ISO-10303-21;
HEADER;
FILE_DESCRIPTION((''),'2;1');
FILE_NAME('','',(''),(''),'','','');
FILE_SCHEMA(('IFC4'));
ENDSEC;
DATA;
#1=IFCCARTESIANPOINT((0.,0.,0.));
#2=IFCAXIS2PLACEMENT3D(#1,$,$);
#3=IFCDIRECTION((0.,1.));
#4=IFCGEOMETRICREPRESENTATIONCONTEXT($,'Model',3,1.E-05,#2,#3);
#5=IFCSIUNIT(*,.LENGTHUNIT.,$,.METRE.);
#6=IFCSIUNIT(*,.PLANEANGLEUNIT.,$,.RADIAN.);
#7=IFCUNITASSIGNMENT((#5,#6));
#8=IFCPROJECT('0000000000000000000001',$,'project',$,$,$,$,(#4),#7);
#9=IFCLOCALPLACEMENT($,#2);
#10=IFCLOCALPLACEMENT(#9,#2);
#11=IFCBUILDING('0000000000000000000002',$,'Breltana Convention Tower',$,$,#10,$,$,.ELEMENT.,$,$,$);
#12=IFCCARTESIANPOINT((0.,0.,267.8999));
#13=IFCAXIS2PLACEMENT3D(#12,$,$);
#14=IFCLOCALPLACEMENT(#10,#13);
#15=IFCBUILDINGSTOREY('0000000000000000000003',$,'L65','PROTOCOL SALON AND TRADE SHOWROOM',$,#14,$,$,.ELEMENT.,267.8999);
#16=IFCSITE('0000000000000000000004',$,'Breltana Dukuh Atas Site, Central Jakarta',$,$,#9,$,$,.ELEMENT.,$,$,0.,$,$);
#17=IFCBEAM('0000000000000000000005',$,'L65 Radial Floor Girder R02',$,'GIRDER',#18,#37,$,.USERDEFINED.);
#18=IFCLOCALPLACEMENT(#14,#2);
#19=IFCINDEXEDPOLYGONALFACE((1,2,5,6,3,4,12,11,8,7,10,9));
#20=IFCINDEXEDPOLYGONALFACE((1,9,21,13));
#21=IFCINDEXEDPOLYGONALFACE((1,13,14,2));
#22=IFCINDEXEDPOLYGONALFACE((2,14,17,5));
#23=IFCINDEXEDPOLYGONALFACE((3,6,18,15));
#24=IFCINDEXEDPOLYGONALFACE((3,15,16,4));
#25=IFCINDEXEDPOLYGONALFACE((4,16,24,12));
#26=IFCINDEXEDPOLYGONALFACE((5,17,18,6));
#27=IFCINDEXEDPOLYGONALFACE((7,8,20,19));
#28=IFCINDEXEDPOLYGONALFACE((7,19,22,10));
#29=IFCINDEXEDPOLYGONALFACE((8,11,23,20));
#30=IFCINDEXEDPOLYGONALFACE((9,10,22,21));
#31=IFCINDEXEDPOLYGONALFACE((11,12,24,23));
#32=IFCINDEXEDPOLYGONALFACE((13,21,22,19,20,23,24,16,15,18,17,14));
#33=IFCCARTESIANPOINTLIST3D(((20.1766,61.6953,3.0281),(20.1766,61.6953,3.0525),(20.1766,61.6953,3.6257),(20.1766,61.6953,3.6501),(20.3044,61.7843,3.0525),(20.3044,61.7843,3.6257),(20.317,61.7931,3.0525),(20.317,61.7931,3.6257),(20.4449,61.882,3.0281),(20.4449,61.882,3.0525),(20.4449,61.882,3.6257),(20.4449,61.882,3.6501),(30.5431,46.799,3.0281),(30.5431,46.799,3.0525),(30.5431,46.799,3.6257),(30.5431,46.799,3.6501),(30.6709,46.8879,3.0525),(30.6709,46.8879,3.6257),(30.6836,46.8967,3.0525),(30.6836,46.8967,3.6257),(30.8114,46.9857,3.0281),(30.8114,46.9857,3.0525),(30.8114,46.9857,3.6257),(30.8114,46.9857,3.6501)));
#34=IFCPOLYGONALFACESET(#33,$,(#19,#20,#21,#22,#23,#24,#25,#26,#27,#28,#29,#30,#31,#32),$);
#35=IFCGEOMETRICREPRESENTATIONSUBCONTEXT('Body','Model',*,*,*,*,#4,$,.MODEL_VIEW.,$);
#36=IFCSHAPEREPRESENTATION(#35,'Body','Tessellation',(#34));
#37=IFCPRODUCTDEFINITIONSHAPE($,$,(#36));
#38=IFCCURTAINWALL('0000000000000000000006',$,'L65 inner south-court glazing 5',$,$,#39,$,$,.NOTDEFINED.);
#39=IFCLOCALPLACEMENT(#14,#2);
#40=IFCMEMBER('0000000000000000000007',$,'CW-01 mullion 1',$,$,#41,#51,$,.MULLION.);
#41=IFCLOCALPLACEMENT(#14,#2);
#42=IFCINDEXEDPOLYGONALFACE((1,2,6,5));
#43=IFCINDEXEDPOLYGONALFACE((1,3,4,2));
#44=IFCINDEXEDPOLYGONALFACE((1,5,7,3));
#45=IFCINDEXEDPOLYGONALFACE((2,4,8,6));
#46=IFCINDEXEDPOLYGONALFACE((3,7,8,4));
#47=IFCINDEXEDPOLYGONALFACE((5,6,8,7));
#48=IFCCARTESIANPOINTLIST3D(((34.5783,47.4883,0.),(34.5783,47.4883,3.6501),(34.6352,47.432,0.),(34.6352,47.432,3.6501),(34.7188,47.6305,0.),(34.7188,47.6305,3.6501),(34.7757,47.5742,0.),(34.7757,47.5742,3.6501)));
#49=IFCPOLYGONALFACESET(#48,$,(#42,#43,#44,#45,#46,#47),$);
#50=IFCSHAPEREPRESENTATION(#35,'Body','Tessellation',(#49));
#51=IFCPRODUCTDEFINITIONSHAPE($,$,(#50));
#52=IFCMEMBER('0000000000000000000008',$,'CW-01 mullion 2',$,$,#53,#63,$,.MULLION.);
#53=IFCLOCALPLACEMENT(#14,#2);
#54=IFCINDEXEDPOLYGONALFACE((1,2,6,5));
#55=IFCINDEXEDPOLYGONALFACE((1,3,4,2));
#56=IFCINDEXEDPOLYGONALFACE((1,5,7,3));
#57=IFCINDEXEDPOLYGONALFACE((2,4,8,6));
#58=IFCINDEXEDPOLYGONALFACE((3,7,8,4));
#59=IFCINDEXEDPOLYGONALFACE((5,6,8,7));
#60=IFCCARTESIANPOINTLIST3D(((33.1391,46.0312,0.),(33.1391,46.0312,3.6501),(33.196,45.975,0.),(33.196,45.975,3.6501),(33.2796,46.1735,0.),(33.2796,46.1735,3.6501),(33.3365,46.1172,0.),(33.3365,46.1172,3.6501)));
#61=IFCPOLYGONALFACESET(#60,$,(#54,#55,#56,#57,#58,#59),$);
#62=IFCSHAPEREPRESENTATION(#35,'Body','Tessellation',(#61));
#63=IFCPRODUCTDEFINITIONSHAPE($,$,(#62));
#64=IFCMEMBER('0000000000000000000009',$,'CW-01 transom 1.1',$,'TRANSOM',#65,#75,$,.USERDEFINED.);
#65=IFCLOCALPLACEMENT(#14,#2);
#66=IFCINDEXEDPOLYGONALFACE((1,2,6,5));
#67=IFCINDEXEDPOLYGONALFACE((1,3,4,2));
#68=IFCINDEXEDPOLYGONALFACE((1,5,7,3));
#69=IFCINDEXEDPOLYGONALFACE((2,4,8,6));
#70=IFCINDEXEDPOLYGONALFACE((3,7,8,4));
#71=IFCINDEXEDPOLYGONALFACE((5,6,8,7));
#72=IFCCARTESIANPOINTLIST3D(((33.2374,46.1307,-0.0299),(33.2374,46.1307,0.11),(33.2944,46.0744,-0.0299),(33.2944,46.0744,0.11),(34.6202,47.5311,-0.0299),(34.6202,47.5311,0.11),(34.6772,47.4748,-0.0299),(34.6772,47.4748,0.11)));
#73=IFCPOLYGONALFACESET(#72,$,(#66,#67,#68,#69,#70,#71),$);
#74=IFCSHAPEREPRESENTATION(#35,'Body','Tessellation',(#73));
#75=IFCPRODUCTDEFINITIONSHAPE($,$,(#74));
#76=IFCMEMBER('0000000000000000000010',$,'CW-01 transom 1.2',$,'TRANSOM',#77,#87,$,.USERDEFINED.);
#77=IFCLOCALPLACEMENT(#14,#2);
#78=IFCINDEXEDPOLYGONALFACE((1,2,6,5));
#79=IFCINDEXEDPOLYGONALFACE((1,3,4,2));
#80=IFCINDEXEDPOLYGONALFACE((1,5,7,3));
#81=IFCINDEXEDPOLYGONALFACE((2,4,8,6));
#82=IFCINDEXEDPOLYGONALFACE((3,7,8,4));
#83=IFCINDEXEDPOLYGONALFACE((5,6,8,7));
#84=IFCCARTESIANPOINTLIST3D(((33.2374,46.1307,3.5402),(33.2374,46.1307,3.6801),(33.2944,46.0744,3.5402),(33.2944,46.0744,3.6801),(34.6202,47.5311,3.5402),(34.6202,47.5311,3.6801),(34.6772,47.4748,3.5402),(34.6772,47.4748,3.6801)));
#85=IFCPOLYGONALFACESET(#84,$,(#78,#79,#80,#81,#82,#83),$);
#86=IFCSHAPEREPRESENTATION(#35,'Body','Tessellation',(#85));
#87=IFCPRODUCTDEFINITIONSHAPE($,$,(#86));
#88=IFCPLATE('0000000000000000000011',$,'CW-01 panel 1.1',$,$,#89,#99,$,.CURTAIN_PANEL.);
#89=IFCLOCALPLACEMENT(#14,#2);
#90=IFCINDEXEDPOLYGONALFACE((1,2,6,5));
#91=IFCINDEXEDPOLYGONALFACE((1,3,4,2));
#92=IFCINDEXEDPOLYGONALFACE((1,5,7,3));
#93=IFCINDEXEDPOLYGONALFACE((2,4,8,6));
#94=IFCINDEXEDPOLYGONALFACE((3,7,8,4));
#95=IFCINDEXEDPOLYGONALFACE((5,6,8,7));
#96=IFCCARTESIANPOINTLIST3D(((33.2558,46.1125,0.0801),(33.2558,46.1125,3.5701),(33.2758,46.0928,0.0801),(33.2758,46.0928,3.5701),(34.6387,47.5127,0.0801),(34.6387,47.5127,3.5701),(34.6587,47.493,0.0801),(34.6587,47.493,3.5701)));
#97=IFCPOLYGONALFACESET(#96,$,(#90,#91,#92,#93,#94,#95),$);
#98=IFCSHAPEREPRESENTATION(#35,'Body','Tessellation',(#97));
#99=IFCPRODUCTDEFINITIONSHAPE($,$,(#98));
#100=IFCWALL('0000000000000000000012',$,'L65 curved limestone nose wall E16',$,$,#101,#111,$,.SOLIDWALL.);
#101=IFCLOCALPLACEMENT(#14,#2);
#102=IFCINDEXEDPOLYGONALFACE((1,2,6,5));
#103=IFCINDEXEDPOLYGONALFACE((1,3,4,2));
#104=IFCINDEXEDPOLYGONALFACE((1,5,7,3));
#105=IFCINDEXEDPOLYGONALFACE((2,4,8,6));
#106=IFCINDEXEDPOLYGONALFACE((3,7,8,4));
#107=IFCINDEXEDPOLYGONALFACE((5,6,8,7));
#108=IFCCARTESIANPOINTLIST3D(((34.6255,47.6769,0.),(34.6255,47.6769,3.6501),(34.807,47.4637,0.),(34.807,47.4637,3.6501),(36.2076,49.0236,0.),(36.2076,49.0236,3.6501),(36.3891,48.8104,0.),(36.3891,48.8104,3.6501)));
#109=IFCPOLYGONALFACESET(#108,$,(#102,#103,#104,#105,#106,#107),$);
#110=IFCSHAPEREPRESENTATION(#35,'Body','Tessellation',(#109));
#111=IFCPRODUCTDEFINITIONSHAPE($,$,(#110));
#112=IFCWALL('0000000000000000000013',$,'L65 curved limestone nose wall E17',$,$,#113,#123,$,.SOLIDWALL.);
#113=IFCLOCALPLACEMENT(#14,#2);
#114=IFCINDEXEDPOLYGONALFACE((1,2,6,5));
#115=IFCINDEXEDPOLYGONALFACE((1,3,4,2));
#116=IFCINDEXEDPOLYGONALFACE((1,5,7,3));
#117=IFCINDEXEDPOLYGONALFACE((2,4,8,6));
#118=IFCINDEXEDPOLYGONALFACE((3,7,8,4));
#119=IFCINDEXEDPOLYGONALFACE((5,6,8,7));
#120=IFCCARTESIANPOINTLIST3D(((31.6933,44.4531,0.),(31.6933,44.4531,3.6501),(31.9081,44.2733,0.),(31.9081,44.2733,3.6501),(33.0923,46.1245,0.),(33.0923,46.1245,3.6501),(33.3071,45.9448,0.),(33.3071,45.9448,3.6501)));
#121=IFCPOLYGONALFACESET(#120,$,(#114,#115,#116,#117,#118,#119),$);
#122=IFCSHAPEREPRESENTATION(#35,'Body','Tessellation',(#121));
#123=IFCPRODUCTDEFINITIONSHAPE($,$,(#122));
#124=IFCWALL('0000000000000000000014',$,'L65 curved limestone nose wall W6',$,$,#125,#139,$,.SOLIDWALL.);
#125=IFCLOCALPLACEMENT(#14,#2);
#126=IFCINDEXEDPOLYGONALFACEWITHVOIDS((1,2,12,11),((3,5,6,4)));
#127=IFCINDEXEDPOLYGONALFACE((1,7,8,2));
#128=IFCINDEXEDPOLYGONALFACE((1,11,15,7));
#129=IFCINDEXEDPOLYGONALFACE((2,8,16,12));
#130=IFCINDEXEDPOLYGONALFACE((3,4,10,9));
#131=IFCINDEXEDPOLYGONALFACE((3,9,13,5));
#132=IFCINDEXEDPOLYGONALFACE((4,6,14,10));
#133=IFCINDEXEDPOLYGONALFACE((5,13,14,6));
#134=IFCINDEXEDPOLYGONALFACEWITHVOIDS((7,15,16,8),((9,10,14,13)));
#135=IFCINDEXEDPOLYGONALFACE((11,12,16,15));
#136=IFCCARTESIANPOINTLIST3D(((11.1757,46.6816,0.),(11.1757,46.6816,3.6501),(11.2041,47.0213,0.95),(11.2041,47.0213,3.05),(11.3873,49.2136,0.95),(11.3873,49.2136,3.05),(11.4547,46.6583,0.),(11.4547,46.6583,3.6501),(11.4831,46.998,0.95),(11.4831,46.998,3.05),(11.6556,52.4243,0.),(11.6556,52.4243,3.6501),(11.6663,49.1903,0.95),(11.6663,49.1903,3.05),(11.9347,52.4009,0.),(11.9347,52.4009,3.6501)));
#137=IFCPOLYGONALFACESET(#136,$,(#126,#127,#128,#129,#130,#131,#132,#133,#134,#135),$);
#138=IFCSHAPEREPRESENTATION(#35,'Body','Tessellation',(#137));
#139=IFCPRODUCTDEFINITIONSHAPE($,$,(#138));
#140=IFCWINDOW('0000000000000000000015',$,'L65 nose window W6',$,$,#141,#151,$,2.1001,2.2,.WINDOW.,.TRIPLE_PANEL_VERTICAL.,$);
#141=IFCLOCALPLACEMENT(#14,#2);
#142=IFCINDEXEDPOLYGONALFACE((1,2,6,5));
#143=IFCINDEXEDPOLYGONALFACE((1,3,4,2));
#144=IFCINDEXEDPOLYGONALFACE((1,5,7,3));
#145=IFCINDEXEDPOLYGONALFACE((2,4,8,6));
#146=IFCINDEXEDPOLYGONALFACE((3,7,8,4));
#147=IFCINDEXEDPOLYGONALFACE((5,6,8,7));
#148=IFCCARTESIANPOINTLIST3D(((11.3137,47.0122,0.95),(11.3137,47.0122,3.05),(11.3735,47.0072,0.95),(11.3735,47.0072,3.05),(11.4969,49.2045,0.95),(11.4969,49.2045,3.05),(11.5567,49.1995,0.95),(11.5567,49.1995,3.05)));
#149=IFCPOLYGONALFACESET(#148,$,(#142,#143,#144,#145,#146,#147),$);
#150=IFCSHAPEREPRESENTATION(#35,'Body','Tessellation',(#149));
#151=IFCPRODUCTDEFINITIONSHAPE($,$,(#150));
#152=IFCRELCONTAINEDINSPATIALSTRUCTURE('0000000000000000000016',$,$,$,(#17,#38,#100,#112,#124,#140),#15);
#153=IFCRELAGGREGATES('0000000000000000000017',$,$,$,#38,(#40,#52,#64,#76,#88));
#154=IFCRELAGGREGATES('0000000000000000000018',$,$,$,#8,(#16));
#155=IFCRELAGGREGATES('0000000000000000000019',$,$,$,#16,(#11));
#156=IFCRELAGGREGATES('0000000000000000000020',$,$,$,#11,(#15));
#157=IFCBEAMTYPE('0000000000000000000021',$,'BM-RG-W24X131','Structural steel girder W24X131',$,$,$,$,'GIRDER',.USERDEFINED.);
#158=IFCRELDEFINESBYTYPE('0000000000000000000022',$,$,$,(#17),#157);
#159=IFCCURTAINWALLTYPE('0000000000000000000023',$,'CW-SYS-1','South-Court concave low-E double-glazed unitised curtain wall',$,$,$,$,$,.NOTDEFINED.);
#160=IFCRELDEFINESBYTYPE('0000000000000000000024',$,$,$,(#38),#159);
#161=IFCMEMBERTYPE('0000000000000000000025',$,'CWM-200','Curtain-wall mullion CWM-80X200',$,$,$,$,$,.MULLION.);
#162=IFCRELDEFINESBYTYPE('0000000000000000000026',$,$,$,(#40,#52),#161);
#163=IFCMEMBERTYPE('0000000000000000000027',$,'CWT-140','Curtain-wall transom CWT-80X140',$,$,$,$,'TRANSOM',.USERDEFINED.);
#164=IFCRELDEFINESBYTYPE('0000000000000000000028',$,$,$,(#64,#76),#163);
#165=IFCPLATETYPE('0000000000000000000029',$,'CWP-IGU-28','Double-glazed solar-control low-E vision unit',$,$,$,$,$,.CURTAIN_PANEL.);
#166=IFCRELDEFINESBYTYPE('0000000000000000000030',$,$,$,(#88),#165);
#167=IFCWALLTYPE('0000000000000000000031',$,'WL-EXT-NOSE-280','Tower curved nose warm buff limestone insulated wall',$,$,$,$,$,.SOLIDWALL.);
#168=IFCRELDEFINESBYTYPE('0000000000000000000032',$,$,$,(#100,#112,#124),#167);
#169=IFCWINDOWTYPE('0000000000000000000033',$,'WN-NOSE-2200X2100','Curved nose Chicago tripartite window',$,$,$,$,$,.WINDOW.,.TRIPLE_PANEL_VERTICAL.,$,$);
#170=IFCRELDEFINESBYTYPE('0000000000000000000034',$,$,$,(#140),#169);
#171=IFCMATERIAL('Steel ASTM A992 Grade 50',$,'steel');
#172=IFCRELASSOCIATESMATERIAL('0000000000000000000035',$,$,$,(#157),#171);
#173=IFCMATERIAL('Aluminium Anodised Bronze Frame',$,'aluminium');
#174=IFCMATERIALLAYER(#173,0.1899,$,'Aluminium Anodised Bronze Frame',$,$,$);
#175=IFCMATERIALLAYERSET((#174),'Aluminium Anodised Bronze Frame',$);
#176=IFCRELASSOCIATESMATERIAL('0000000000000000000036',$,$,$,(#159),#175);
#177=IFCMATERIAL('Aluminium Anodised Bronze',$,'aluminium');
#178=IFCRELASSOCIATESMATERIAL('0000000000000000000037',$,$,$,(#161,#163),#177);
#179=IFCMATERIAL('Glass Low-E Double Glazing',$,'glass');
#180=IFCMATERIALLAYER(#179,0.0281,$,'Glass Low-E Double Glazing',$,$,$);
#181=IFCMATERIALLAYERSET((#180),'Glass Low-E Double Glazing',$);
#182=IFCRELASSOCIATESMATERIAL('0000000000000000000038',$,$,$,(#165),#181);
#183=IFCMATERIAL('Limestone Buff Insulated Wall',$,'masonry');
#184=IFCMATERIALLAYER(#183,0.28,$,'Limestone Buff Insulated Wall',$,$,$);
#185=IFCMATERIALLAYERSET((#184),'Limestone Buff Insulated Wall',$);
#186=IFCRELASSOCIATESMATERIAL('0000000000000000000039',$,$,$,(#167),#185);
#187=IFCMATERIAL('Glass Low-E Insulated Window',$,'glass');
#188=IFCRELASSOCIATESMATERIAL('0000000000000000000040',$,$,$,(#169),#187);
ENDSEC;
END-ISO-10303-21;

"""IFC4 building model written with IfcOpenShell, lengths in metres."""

from ifc_helpers import new_model, si_unit, direction, frame, frame_2d, origin, origin_2d, place, context, subcontext, project, spatial, rectangle, i_section, extrude, source, transform, mapped, material, layer, layer_set, material_profile, profile_set, type_object, type_shapes, element, fill, aggregate, save


model = new_model("IFC4")

# Units and contexts
model_context = context("Model", 3, precision=1e-05, world=origin(), true_north=direction((0.0, 1.0)))
body_context = subcontext(model_context, "Body", "Model", "MODEL_VIEW")
ifc_project = project(units=[si_unit("LENGTHUNIT", "METRE"), si_unit("PLANEANGLEUNIT", "RADIAN")], contexts=[model_context])

# Site, building, storey
site_placement = place(None, origin())
site = spatial("IfcSite", under=ifc_project, at=site_placement, Name="Breltana Dukuh Atas Site, Central Jakarta", CompositionType="ELEMENT", RefElevation=0.0)
building_placement = place(site_placement, origin())
building = spatial("IfcBuilding", under=site, at=building_placement, Name="Breltana Convention Tower", CompositionType="ELEMENT")
storey_placement = place(building_placement, frame((0.0, 0.0, 267.8999)))
storey = spatial("IfcBuildingStorey", under=building, at=storey_placement, Name="L65", Description="PROTOCOL SALON AND TRADE SHOWROOM", CompositionType="ELEMENT", Elevation=267.8999)

# Shared definitions
ifc_material_1 = material(Name="Steel ASTM A992 Grade 50", Category="steel")

# Beam
ifc_material_profile_1 = material_profile(ifc_material_1, i_section(OverallWidth=0.3269, OverallDepth=0.6221, WebThickness=0.0154, FlangeThickness=0.0244, at=origin_2d()), Name="W24X131")
ifc_profile_set_1 = profile_set([ifc_material_profile_1], Name="Steel ASTM A992 Grade 50")
beam_type_1 = type_object("IfcBeamType", Name="BM-RG-W24X131", Description="Structural steel girder W24X131", ElementType="GIRDER", PredefinedType="USERDEFINED", material=ifc_profile_set_1)
shared_shape_1 = source(origin(), body_context, "Body", "SweptSolid", [
    extrude(i_section(OverallWidth=0.3269, OverallDepth=0.6221, WebThickness=0.0154, FlangeThickness=0.0244, at=origin_2d()), origin(), (0.0, 0.0, 1.0), 18.1484),
])
beam_1_placement = place(storey_placement, frame((30.6772, 46.8923, 3.3391), z_axis=(-0.571208, 0.820806, 0.0), x_axis=(-0.820806, -0.571208, 0.0)))
element("IfcBeam", 1, at=beam_1_placement, inside=storey, type_object=beam_type_1, Name="L65 Radial Floor Girder R02", ObjectType="GIRDER", PredefinedType="USERDEFINED", context=body_context, shape_type="MappedRepresentation", body=[
    mapped(shared_shape_1, transform((0.0, 0.0, 0.0), scale=1.0)),
])

# Curtain wall, members, plate
ifc_material_2 = material(Name="Aluminium Anodised Bronze Frame", Category="aluminium")
ifc_layer_1 = layer(ifc_material_2, 0.1899, Name="Aluminium Anodised Bronze Frame")
ifc_layer_set_1 = layer_set([ifc_layer_1], Name="Aluminium Anodised Bronze Frame")
curtain_wall_type = type_object("IfcCurtainWallType", Name="CW-SYS-1", Description="South-Court concave low-E double-glazed unitised curtain wall", PredefinedType="NOTDEFINED", material=ifc_layer_set_1)
curtain_wall_placement = place(storey_placement, origin())
curtain_wall = element("IfcCurtainWall", 2, at=curtain_wall_placement, inside=storey, type_object=curtain_wall_type, Name="L65 inner south-court glazing 5", PredefinedType="NOTDEFINED")
ifc_material_3 = material(Name="Aluminium Anodised Bronze", Category="aluminium")
ifc_material_profile_2 = material_profile(ifc_material_3, rectangle(XDim=0.0801, YDim=0.2, at=origin_2d()), Name="CWM-80X200")
ifc_profile_set_2 = profile_set([ifc_material_profile_2], Name="Aluminium Anodised Bronze")
member_type_1 = type_object("IfcMemberType", Name="CWM-200", Description="Curtain-wall mullion CWM-80X200", PredefinedType="MULLION", material=ifc_profile_set_2)
shared_shape_2 = source(origin(), body_context, "Body", "SweptSolid", [
    extrude(rectangle(XDim=0.0801, YDim=0.2, at=origin_2d()), origin(), (0.0, 0.0, 1.0), 3.6501),
])
member_1_placement = place(storey_placement, frame((34.677, 47.5312, 0.0), z_axis=(0.0, 0.0, 1.0), x_axis=(0.711487, -0.702699, 0.0)))
member_1 = element("IfcMember", 3, at=member_1_placement, type_object=member_type_1, Name="CW-01 mullion 1", PredefinedType="MULLION", context=body_context, shape_type="MappedRepresentation", body=[
    mapped(shared_shape_2, transform((0.0, 0.0, 0.0), scale=1.0)),
])
member_2_placement = place(storey_placement, frame((33.2378, 46.0742, 0.0), z_axis=(0.0, 0.0, 1.0), x_axis=(0.711487, -0.702699, 0.0)))
member_2 = element("IfcMember", 4, at=member_2_placement, type_object=member_type_1, Name="CW-01 mullion 2", PredefinedType="MULLION", context=body_context, shape_type="MappedRepresentation", body=[
    mapped(shared_shape_2, transform((0.0, 0.0, 0.0), scale=1.0)),
])
ifc_material_profile_3 = material_profile(ifc_material_3, rectangle(XDim=0.0801, YDim=0.1399, at=origin_2d()), Name="CWT-80X140")
ifc_profile_set_3 = profile_set([ifc_material_profile_3], Name="Aluminium Anodised Bronze")
member_type_2 = type_object("IfcMemberType", Name="CWT-140", Description="Curtain-wall transom CWT-80X140", ElementType="TRANSOM", PredefinedType="USERDEFINED", material=ifc_profile_set_3)
shared_shape_3 = source(origin(), body_context, "Body", "SweptSolid", [
    extrude(rectangle(XDim=0.0801, YDim=0.1399, at=origin_2d()), origin(), (0.0, 0.0, 1.0), 1.968),
])
member_3_placement = place(storey_placement, frame((34.6487, 47.5029, 0.04), z_axis=(-0.702627, -0.711559, 0.0), x_axis=(0.711559, -0.702627, 0.0)))
member_3 = element("IfcMember", 5, at=member_3_placement, type_object=member_type_2, Name="CW-01 transom 1.1", ObjectType="TRANSOM", PredefinedType="USERDEFINED", context=body_context, shape_type="MappedRepresentation", body=[
    mapped(shared_shape_3, transform((0.0, 0.0, 0.0), scale=1.0)),
])
member_4_placement = place(storey_placement, frame((34.6487, 47.5029, 3.6101), z_axis=(-0.702627, -0.711559, 0.0), x_axis=(0.711559, -0.702627, 0.0)))
member_4 = element("IfcMember", 6, at=member_4_placement, type_object=member_type_2, Name="CW-01 transom 1.2", ObjectType="TRANSOM", PredefinedType="USERDEFINED", context=body_context, shape_type="MappedRepresentation", body=[
    mapped(shared_shape_3, transform((0.0, 0.0, 0.0), scale=1.0)),
])
ifc_material_4 = material(Name="Glass Low-E Double Glazing", Category="glass")
ifc_layer_2 = layer(ifc_material_4, 0.0281, Name="Glass Low-E Double Glazing")
ifc_layer_set_2 = layer_set([ifc_layer_2], Name="Glass Low-E Double Glazing")
plate_type = type_object("IfcPlateType", Name="CWP-IGU-28", Description="Double-glazed solar-control low-E vision unit", PredefinedType="CURTAIN_PANEL", material=ifc_layer_set_2)
shared_shape_4 = source(origin(), body_context, "Body", "SweptSolid", [
    extrude(rectangle(XDim=1.968, YDim=0.0281, at=origin_2d()), origin(), (0.0, 0.0, 1.0), 3.49),
])
plate_placement = place(storey_placement, frame((33.9573, 46.8027, 0.0801), z_axis=(0.0, 0.0, 1.0), x_axis=(-0.702699, -0.711487, 0.0)))
plate = element("IfcPlate", 7, at=plate_placement, type_object=plate_type, Name="CW-01 panel 1.1", PredefinedType="CURTAIN_PANEL", context=body_context, shape_type="MappedRepresentation", body=[
    mapped(shared_shape_4, transform((0.0, 0.0, 0.0), scale=1.0)),
])
aggregate(curtain_wall, [member_1, member_2, member_3, member_4, plate])

# Walls
ifc_material_5 = material(Name="Limestone Buff Insulated Wall", Category="masonry")
ifc_layer_3 = layer(ifc_material_5, 0.28, Name="Limestone Buff Insulated Wall")
ifc_layer_set_3 = layer_set([ifc_layer_3], Name="Limestone Buff Insulated Wall")
wall_type = type_object("IfcWallType", Name="WL-EXT-NOSE-280", Description="Tower curved nose warm buff limestone insulated wall", PredefinedType="SOLIDWALL", material=ifc_layer_set_3)
shared_shape_5 = source(origin(), body_context, "Body", "SweptSolid", [
    extrude(rectangle(XDim=2.0776, YDim=0.28, at=frame_2d((1.0388, 0.0))), origin(), (0.0, 0.0, 1.0), 3.6501),
])
wall_1_placement = place(storey_placement, frame((36.2983, 48.917, 0.0), z_axis=(0.0, 0.0, 1.0), x_axis=(-0.761475, -0.648194, 0.0)))
element("IfcWall", 8, at=wall_1_placement, inside=storey, type_object=wall_type, Name="L65 curved limestone nose wall E16", PredefinedType="SOLIDWALL", context=body_context, shape_type="MappedRepresentation", body=[
    mapped(shared_shape_5, transform((0.0, 0.0, 0.0), scale=1.0)),
])
shared_shape_6 = source(origin(), body_context, "Body", "SweptSolid", [
    extrude(rectangle(XDim=2.1797, YDim=0.28, at=frame_2d((1.0898, 0.0))), origin(), (0.0, 0.0, 1.0), 3.6501),
])
wall_2_placement = place(storey_placement, frame((33.1997, 46.0347, 0.0), z_axis=(0.0, 0.0, 1.0), x_axis=(-0.641836, -0.766842, 0.0)))
element("IfcWall", 9, at=wall_2_placement, inside=storey, type_object=wall_type, Name="L65 curved limestone nose wall E17", PredefinedType="SOLIDWALL", context=body_context, shape_type="MappedRepresentation", body=[
    mapped(shared_shape_6, transform((0.0, 0.0, 0.0), scale=1.0)),
])

# Wall, opening, window
shared_shape_7 = source(origin(), body_context, "Body", "SweptSolid", [
    extrude(rectangle(XDim=5.7627, YDim=0.28, at=frame_2d((2.8813, 0.0))), origin(), (0.0, 0.0, 1.0), 3.6501),
])
wall_3_placement = place(storey_placement, frame((11.3152, 46.6699, 0.0), z_axis=(0.0, 0.0, 1.0), x_axis=(0.083291, 0.996525, 0.0)))
wall_3 = element("IfcWall", 10, at=wall_3_placement, inside=storey, type_object=wall_type, Name="L65 curved limestone nose wall W6", PredefinedType="SOLIDWALL", context=body_context, shape_type="MappedRepresentation", body=[
    mapped(shared_shape_7, transform((0.0, 0.0, 0.0), scale=1.0)),
])
opening_placement = place(wall_3_placement, frame((0.3408, 0.0, 0.95)))
opening = element("IfcOpeningElement", 11, at=opening_placement, cuts=wall_3, PredefinedType="OPENING", context=body_context, shape_type="SweptSolid", body=[
    extrude(rectangle(XDim=2.2, YDim=2.1001, at=frame_2d((1.1001, 1.05))), frame((0.0, 0.1499, 0.0), z_axis=(0.0, -1.0, 0.0), x_axis=(1.0, 0.0, 0.0)), (0.0, 0.0, 1.0), 0.3),
])
ifc_material_6 = material(Name="Glass Low-E Insulated Window", Category="glass")
window_type = type_object("IfcWindowType", Name="WN-NOSE-2200X2100", Description="Curved nose Chicago tripartite window", PartitioningType="TRIPLE_PANEL_VERTICAL", PredefinedType="WINDOW", material=ifc_material_6)
shared_shape_8 = source(origin(), body_context, "Body", "SweptSolid", [
    extrude(rectangle(XDim=2.2, YDim=2.1001, at=frame_2d((1.1001, 1.05))), frame((0.0, 0.03, 0.0), z_axis=(0.0, -1.0, 0.0), x_axis=(1.0, 0.0, 0.0)), (0.0, 0.0, 1.0), 0.0601),
])
type_shapes(window_type, [shared_shape_8])
window_placement = place(opening_placement, origin())
window = element("IfcWindow", 12, at=window_placement, inside=storey, type_object=window_type, Name="L65 nose window W6", OverallHeight=2.1001, OverallWidth=2.2, PartitioningType="TRIPLE_PANEL_VERTICAL", PredefinedType="WINDOW", context=body_context, shape_type="MappedRepresentation", body=[
    mapped(shared_shape_8, transform((0.0, 0.0, 0.0), scale=1.0)),
])
fill(opening, window)

save(model, "model.ifc")
